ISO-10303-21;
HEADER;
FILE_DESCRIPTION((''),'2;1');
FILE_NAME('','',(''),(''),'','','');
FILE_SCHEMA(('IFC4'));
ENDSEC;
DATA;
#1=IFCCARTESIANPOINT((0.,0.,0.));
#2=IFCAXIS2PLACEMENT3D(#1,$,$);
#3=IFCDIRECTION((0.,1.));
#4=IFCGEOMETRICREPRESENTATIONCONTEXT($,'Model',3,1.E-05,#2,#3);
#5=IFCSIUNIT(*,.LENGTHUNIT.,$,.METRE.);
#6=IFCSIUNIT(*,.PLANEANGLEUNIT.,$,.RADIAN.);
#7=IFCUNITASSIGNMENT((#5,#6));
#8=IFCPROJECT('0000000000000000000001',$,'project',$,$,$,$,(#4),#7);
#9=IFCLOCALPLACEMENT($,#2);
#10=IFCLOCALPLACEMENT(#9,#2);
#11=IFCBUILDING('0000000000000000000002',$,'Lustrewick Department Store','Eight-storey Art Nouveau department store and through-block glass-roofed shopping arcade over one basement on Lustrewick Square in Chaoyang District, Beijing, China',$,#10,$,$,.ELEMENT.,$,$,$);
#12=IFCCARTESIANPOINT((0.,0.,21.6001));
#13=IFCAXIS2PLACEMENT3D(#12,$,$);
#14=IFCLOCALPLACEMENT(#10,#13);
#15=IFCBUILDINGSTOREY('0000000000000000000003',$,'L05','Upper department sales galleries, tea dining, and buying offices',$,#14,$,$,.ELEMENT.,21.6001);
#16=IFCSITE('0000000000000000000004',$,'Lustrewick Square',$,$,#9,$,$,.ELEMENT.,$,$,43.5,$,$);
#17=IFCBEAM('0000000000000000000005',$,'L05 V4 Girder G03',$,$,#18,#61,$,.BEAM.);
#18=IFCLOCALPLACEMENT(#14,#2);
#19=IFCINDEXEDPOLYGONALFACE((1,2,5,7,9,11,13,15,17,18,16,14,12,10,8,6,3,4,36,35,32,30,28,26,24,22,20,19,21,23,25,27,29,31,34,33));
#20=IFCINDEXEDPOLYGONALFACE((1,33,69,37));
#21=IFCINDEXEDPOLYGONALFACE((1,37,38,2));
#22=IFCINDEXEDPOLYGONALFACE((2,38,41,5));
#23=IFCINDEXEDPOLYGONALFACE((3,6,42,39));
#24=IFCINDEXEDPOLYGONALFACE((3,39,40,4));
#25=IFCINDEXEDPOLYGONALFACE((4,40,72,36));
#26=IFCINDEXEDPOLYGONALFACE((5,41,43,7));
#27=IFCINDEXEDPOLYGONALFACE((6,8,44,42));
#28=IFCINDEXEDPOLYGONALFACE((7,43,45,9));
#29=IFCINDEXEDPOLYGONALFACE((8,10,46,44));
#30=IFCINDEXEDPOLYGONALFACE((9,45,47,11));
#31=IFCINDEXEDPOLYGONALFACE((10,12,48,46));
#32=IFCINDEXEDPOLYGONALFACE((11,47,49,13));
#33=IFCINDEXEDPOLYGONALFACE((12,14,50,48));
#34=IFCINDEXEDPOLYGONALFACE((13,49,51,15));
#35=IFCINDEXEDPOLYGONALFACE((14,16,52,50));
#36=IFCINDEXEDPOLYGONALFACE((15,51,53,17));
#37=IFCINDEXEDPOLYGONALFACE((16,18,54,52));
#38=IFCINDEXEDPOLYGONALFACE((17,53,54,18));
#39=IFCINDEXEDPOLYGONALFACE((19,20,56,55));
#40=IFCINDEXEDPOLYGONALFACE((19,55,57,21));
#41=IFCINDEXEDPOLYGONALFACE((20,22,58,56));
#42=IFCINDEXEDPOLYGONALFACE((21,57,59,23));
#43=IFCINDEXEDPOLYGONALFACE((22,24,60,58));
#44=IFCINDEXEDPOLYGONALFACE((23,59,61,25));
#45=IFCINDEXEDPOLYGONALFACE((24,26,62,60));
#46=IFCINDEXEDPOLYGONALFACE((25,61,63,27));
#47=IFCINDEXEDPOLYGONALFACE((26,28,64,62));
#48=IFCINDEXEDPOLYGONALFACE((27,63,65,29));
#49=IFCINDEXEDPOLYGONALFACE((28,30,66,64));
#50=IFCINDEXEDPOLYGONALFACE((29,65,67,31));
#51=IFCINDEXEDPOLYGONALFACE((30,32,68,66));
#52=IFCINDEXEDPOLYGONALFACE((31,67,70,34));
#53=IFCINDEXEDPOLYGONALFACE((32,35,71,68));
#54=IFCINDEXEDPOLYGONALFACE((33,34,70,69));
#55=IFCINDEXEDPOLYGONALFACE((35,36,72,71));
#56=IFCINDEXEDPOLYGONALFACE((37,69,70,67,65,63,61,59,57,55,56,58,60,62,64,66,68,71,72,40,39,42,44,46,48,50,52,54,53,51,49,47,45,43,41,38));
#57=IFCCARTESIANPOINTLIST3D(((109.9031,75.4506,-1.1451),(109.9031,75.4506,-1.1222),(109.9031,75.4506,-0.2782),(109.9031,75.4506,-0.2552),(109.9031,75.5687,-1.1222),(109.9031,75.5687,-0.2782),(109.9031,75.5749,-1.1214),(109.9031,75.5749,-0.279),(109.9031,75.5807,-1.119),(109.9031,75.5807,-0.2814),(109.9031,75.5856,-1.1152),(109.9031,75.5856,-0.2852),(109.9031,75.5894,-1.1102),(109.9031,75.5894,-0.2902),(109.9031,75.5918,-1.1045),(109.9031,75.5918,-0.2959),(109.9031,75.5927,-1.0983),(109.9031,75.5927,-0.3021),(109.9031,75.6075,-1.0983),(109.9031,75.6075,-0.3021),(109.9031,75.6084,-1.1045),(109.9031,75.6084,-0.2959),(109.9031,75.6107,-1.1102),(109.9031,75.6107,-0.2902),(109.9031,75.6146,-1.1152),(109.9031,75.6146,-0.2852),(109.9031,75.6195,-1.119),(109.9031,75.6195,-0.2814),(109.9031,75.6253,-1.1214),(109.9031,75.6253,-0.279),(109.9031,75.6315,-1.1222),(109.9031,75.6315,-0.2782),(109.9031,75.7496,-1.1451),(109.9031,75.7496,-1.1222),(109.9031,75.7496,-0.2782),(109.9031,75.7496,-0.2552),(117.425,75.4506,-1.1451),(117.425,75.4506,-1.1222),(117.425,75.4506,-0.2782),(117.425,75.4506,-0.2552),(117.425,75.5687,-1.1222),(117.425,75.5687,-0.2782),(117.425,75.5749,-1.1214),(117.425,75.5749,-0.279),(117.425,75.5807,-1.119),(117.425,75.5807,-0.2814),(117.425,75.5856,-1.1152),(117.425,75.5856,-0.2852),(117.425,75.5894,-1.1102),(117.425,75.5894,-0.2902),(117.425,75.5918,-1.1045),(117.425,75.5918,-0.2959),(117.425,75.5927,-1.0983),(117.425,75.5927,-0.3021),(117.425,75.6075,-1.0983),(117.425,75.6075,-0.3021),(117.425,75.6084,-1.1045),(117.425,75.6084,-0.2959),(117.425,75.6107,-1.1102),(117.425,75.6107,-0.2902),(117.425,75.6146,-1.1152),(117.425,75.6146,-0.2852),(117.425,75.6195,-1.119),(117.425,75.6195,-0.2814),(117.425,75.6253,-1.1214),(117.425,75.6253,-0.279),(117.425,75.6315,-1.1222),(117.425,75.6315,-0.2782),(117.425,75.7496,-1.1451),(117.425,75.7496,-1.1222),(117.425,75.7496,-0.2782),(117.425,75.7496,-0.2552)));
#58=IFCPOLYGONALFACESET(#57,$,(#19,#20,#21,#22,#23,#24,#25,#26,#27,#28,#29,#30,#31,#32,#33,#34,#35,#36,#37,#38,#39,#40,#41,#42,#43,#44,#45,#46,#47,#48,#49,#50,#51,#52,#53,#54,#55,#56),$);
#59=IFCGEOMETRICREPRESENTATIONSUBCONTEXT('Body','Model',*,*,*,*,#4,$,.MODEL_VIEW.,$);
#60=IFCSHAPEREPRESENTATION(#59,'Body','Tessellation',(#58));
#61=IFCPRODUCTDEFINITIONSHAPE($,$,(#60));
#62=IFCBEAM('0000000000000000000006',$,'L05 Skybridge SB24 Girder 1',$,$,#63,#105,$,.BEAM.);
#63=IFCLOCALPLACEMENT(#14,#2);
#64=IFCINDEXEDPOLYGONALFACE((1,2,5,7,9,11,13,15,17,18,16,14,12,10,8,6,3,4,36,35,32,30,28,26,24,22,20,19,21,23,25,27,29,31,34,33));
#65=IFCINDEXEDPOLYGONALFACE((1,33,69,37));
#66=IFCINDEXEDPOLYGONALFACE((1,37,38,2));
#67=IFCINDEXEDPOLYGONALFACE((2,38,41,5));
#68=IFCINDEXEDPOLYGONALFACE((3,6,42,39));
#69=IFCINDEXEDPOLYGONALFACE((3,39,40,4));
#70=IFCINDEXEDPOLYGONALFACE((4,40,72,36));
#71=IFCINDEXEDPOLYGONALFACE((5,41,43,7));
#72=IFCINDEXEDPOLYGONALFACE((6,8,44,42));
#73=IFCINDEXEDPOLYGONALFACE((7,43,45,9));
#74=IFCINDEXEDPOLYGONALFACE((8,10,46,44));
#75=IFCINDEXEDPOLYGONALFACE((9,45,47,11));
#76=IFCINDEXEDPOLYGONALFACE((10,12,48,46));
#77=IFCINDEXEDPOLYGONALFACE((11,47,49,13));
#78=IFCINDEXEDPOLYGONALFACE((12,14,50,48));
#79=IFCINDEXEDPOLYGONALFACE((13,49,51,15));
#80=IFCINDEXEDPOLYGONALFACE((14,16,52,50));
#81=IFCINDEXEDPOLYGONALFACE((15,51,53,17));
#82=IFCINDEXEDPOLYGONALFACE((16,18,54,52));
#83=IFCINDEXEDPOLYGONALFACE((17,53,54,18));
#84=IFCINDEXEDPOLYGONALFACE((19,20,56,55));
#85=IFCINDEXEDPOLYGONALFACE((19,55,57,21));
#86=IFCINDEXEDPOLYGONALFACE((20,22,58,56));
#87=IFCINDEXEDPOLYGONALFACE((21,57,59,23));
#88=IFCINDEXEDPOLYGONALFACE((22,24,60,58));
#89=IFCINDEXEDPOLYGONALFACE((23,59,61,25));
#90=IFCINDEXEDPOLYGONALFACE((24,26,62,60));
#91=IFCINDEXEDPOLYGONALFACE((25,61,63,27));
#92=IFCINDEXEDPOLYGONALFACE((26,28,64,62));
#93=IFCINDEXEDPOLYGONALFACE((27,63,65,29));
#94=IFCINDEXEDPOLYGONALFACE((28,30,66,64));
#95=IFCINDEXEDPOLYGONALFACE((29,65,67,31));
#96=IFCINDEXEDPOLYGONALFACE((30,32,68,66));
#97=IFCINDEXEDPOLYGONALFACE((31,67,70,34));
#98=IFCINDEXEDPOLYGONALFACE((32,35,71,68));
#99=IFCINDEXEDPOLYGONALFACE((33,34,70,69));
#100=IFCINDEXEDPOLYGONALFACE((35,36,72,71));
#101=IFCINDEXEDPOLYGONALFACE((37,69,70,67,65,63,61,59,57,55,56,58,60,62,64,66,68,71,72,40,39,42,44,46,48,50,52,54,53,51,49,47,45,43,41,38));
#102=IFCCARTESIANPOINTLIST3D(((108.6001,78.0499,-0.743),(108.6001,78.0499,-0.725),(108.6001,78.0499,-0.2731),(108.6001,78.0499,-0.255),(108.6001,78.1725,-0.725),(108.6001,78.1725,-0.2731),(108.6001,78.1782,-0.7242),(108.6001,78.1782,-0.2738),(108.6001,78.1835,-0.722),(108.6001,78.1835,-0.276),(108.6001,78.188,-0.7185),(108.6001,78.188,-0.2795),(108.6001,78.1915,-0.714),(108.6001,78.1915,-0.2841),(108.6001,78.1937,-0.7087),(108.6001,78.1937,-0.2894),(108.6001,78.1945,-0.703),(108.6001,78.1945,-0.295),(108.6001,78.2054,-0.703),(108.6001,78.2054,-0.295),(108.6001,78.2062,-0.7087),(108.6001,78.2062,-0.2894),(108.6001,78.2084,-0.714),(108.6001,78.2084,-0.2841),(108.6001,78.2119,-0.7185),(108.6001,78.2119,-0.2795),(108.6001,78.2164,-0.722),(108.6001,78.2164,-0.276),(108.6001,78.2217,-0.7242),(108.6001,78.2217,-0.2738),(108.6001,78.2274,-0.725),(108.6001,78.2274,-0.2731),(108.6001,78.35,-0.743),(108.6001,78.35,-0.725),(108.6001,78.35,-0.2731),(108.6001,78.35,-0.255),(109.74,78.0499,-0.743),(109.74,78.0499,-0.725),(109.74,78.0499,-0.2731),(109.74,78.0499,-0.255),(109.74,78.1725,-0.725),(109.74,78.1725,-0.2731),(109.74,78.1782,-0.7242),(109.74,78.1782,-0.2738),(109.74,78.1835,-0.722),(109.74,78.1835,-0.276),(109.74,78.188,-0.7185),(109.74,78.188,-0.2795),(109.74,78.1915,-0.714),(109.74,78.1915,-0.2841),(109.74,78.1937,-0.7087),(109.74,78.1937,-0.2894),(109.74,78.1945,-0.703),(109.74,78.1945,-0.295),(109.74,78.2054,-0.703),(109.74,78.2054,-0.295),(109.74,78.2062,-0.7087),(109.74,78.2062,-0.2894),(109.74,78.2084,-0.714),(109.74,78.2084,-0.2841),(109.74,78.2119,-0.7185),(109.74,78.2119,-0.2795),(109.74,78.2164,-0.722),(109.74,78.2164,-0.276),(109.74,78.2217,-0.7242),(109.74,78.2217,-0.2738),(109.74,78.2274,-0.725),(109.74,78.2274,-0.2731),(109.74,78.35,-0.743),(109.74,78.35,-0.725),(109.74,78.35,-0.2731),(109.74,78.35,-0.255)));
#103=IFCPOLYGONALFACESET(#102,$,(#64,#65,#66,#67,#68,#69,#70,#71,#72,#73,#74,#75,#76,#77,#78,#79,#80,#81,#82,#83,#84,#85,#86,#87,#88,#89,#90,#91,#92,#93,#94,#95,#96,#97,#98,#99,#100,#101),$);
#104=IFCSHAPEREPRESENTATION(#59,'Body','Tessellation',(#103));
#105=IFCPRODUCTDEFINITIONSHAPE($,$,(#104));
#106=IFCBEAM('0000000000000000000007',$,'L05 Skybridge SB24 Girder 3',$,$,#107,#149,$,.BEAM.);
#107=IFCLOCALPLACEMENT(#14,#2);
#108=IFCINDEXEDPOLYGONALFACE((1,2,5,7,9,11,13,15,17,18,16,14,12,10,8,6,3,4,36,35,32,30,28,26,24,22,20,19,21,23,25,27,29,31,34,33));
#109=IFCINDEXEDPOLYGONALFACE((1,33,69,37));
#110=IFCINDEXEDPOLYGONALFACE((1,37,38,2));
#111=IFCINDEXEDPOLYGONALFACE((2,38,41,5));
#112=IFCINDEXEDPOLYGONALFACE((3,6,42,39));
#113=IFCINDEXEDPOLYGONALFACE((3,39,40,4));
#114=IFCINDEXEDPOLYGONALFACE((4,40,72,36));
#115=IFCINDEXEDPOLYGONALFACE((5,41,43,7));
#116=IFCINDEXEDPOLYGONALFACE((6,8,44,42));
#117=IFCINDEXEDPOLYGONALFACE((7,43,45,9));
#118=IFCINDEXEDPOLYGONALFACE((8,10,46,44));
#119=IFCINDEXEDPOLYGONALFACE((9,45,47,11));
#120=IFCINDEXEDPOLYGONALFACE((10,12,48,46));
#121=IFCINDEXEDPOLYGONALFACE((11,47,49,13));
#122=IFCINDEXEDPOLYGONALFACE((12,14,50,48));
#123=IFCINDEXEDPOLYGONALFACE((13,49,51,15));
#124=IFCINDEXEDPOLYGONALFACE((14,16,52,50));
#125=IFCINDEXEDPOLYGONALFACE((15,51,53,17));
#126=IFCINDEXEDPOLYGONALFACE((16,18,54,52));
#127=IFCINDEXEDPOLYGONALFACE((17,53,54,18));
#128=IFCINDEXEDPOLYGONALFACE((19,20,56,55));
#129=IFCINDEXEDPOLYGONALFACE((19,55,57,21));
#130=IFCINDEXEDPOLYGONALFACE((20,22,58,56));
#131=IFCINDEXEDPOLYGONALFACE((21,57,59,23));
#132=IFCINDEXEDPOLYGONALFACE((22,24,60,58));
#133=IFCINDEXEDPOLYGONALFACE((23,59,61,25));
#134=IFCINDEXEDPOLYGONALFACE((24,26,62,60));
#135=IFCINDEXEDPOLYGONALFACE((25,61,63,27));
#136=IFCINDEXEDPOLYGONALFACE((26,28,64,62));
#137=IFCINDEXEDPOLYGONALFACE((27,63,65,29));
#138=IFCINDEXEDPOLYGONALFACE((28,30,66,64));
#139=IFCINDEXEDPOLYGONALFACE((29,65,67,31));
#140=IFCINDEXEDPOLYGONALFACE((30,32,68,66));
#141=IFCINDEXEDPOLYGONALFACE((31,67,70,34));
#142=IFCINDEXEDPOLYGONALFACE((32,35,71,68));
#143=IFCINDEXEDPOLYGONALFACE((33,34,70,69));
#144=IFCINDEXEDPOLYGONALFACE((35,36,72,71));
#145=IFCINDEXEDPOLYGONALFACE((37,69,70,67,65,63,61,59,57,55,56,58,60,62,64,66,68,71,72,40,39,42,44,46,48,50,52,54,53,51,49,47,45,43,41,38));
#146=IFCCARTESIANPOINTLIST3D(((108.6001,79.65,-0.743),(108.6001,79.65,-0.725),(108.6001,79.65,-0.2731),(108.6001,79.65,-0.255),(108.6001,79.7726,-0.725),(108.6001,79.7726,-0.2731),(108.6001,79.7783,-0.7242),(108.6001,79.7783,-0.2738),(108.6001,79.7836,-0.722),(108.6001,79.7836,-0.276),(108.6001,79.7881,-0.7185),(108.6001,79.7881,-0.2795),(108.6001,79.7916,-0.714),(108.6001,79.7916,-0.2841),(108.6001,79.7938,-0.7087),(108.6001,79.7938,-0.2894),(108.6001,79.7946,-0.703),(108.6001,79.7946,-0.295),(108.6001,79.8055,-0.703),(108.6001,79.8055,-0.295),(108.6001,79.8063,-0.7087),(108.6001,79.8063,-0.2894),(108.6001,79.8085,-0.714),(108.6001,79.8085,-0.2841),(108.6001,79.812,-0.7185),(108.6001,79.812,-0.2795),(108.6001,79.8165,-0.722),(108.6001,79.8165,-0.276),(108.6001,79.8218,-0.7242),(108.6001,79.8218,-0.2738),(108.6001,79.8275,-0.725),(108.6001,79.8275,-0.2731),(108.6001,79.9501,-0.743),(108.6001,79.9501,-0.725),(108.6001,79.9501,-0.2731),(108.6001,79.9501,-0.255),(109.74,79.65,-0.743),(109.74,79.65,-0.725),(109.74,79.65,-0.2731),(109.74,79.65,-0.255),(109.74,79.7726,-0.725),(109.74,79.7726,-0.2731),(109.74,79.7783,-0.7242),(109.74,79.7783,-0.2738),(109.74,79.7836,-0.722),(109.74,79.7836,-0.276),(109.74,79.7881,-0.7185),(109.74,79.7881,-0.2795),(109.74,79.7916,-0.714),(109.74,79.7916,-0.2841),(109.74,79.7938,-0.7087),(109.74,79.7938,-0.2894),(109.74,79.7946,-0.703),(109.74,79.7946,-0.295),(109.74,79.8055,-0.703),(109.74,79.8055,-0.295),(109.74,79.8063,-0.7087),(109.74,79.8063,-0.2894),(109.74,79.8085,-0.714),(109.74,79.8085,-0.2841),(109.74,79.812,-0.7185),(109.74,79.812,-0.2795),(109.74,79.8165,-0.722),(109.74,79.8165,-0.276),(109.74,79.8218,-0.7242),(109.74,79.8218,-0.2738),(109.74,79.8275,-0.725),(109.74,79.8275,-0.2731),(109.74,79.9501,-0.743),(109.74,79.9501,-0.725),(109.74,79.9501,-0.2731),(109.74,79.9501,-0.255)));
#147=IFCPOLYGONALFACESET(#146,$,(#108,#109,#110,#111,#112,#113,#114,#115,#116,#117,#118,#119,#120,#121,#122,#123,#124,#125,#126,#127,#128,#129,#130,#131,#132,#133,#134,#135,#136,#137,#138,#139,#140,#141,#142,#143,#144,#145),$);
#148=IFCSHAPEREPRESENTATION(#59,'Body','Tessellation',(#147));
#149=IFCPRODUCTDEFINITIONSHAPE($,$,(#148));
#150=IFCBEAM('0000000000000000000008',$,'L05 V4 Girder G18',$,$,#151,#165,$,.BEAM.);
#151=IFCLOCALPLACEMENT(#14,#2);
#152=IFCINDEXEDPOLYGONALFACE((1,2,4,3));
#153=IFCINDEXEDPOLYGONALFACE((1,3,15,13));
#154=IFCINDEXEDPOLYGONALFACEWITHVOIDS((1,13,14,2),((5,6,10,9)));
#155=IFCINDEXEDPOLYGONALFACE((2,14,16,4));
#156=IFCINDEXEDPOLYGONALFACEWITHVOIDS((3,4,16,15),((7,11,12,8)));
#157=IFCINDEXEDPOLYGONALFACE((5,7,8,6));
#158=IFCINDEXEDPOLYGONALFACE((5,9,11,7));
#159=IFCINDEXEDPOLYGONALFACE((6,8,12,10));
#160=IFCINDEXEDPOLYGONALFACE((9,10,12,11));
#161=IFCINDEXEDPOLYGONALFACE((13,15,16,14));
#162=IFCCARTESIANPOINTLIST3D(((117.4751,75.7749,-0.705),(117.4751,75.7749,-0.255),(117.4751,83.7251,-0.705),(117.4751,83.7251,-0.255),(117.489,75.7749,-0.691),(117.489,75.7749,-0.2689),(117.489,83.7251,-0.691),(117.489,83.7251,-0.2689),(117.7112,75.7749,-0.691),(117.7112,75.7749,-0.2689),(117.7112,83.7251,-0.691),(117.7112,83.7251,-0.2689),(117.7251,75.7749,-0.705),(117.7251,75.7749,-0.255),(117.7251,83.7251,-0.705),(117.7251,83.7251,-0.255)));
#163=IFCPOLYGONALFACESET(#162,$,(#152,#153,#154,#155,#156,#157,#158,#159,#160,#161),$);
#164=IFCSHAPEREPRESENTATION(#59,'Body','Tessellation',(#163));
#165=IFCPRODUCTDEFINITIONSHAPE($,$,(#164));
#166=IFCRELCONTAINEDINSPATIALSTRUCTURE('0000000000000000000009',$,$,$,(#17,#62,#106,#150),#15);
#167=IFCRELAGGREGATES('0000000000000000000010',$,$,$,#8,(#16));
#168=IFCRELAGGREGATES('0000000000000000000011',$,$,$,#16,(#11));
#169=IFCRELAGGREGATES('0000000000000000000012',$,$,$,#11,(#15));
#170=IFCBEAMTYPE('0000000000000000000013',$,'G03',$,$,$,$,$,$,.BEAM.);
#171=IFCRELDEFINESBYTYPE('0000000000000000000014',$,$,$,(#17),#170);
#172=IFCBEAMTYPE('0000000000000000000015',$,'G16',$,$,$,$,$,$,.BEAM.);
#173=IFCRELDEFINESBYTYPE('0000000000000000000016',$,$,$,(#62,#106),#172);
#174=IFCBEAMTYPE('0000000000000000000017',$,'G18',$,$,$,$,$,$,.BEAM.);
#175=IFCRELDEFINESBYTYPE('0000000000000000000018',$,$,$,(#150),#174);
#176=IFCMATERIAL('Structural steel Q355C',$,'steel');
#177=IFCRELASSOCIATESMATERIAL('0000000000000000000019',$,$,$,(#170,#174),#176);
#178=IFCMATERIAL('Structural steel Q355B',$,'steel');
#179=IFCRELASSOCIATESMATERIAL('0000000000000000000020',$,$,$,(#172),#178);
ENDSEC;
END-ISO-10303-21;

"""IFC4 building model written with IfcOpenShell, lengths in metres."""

from ifc_helpers import new_model, si_unit, direction, frame, origin, origin_2d, place, context, subcontext, project, spatial, hollow_rectangle, i_section, extrude, material, material_profile, profile_set, type_object, element, save


model = new_model("IFC4")

# Units and contexts
model_context = context("Model", 3, precision=1e-05, world=origin(), true_north=direction((0.0, 1.0)))
body_context = subcontext(model_context, "Body", "Model", "MODEL_VIEW")
ifc_project = project(units=[si_unit("LENGTHUNIT", "METRE"), si_unit("PLANEANGLEUNIT", "RADIAN")], contexts=[model_context])

# Site, building, storey
site_placement = place(None, origin())
site = spatial("IfcSite", under=ifc_project, at=site_placement, Name="Lustrewick Square", CompositionType="ELEMENT", RefElevation=43.5)
building_placement = place(site_placement, origin())
building = spatial("IfcBuilding", under=site, at=building_placement, Name="Lustrewick Department Store", Description="Eight-storey Art Nouveau department store and through-block glass-roofed shopping arcade over one basement on Lustrewick Square in Chaoyang District, Beijing, China", CompositionType="ELEMENT")
storey_placement = place(building_placement, frame((0.0, 0.0, 21.6001)))
storey = spatial("IfcBuildingStorey", under=building, at=storey_placement, Name="L05", Description="Upper department sales galleries, tea dining, and buying offices", CompositionType="ELEMENT", Elevation=21.6001)

# Shared definitions
ifc_material_1 = material(Name="Structural steel Q355B", Category="steel")

# Beams
ifc_material_2 = material(Name="Structural steel Q355C", Category="steel")
ifc_material_profile_1 = material_profile(ifc_material_2, i_section(OverallWidth=0.2991, OverallDepth=0.8899, WebThickness=0.0149, FlangeThickness=0.0229, FilletRadius=0.0239, at=origin_2d()), Name="HN 890x299x15x23")
ifc_profile_set_1 = profile_set([ifc_material_profile_1], Name="Structural steel Q355C")
beam_type_1 = type_object("IfcBeamType", Name="G03", PredefinedType="BEAM", material=ifc_profile_set_1)
beam_1_placement = place(storey_placement, frame((109.9031, 75.6001, -0.7002), z_axis=(1.0, 0.0, 0.0), x_axis=(0.0, 1.0, 0.0)))
element("IfcBeam", 1, at=beam_1_placement, inside=storey, type_object=beam_type_1, Name="L05 V4 Girder G03", PredefinedType="BEAM", context=body_context, shape_type="SweptSolid", body=[
    extrude(i_section(OverallWidth=0.2991, OverallDepth=0.8899, WebThickness=0.0149, FlangeThickness=0.0229, FilletRadius=0.0239, at=origin_2d()), origin(), (0.0, 0.0, 1.0), 7.522),
])
ifc_material_profile_2 = material_profile(ifc_material_1, i_section(OverallWidth=0.3, OverallDepth=0.488, WebThickness=0.011, FlangeThickness=0.0181, FilletRadius=0.022, at=origin_2d()), Name="HM 488x300x11x18")
ifc_profile_set_2 = profile_set([ifc_material_profile_2], Name="Structural steel Q355B")
beam_type_2 = type_object("IfcBeamType", Name="G16", PredefinedType="BEAM", material=ifc_profile_set_2)
for number, where, z_axis, x_axis, name in (
    (2, (108.6001, 78.2, -0.499), (1.0, 0.0, 0.0), (0.0, 1.0, 0.0), "L05 Skybridge SB24 Girder 1"),
    (3, (108.6001, 79.8, -0.499), (1.0, 0.0, 0.0), (0.0, 1.0, 0.0), "L05 Skybridge SB24 Girder 3"),
):
    element("IfcBeam", number, at=place(storey_placement, frame(where, z_axis=z_axis, x_axis=x_axis)), inside=storey, type_object=beam_type_2, Name=name, PredefinedType="BEAM", context=body_context, shape_type="SweptSolid", body=[
        extrude(i_section(OverallWidth=0.3, OverallDepth=0.488, WebThickness=0.011, FlangeThickness=0.0181, FilletRadius=0.022, at=origin_2d()), origin(), (0.0, 0.0, 1.0), 1.1399),
    ])
ifc_material_profile_3 = material_profile(ifc_material_2, hollow_rectangle(XDim=0.25, YDim=0.45, WallThickness=0.0139, at=origin_2d()), Name="RHS 450x250x14")
ifc_profile_set_3 = profile_set([ifc_material_profile_3], Name="Structural steel Q355C")
beam_type_3 = type_object("IfcBeamType", Name="G18", PredefinedType="BEAM", material=ifc_profile_set_3)
beam_2_placement = place(storey_placement, frame((117.6001, 75.7749, -0.48), z_axis=(0.0, 1.0, 0.0), x_axis=(-1.0, 0.0, 0.0)))
element("IfcBeam", 4, at=beam_2_placement, inside=storey, type_object=beam_type_3, Name="L05 V4 Girder G18", PredefinedType="BEAM", context=body_context, shape_type="SweptSolid", body=[
    extrude(hollow_rectangle(XDim=0.25, YDim=0.45, WallThickness=0.0139, at=origin_2d()), origin(), (0.0, 0.0, 1.0), 7.9502),
])

save(model, "model.ifc")
